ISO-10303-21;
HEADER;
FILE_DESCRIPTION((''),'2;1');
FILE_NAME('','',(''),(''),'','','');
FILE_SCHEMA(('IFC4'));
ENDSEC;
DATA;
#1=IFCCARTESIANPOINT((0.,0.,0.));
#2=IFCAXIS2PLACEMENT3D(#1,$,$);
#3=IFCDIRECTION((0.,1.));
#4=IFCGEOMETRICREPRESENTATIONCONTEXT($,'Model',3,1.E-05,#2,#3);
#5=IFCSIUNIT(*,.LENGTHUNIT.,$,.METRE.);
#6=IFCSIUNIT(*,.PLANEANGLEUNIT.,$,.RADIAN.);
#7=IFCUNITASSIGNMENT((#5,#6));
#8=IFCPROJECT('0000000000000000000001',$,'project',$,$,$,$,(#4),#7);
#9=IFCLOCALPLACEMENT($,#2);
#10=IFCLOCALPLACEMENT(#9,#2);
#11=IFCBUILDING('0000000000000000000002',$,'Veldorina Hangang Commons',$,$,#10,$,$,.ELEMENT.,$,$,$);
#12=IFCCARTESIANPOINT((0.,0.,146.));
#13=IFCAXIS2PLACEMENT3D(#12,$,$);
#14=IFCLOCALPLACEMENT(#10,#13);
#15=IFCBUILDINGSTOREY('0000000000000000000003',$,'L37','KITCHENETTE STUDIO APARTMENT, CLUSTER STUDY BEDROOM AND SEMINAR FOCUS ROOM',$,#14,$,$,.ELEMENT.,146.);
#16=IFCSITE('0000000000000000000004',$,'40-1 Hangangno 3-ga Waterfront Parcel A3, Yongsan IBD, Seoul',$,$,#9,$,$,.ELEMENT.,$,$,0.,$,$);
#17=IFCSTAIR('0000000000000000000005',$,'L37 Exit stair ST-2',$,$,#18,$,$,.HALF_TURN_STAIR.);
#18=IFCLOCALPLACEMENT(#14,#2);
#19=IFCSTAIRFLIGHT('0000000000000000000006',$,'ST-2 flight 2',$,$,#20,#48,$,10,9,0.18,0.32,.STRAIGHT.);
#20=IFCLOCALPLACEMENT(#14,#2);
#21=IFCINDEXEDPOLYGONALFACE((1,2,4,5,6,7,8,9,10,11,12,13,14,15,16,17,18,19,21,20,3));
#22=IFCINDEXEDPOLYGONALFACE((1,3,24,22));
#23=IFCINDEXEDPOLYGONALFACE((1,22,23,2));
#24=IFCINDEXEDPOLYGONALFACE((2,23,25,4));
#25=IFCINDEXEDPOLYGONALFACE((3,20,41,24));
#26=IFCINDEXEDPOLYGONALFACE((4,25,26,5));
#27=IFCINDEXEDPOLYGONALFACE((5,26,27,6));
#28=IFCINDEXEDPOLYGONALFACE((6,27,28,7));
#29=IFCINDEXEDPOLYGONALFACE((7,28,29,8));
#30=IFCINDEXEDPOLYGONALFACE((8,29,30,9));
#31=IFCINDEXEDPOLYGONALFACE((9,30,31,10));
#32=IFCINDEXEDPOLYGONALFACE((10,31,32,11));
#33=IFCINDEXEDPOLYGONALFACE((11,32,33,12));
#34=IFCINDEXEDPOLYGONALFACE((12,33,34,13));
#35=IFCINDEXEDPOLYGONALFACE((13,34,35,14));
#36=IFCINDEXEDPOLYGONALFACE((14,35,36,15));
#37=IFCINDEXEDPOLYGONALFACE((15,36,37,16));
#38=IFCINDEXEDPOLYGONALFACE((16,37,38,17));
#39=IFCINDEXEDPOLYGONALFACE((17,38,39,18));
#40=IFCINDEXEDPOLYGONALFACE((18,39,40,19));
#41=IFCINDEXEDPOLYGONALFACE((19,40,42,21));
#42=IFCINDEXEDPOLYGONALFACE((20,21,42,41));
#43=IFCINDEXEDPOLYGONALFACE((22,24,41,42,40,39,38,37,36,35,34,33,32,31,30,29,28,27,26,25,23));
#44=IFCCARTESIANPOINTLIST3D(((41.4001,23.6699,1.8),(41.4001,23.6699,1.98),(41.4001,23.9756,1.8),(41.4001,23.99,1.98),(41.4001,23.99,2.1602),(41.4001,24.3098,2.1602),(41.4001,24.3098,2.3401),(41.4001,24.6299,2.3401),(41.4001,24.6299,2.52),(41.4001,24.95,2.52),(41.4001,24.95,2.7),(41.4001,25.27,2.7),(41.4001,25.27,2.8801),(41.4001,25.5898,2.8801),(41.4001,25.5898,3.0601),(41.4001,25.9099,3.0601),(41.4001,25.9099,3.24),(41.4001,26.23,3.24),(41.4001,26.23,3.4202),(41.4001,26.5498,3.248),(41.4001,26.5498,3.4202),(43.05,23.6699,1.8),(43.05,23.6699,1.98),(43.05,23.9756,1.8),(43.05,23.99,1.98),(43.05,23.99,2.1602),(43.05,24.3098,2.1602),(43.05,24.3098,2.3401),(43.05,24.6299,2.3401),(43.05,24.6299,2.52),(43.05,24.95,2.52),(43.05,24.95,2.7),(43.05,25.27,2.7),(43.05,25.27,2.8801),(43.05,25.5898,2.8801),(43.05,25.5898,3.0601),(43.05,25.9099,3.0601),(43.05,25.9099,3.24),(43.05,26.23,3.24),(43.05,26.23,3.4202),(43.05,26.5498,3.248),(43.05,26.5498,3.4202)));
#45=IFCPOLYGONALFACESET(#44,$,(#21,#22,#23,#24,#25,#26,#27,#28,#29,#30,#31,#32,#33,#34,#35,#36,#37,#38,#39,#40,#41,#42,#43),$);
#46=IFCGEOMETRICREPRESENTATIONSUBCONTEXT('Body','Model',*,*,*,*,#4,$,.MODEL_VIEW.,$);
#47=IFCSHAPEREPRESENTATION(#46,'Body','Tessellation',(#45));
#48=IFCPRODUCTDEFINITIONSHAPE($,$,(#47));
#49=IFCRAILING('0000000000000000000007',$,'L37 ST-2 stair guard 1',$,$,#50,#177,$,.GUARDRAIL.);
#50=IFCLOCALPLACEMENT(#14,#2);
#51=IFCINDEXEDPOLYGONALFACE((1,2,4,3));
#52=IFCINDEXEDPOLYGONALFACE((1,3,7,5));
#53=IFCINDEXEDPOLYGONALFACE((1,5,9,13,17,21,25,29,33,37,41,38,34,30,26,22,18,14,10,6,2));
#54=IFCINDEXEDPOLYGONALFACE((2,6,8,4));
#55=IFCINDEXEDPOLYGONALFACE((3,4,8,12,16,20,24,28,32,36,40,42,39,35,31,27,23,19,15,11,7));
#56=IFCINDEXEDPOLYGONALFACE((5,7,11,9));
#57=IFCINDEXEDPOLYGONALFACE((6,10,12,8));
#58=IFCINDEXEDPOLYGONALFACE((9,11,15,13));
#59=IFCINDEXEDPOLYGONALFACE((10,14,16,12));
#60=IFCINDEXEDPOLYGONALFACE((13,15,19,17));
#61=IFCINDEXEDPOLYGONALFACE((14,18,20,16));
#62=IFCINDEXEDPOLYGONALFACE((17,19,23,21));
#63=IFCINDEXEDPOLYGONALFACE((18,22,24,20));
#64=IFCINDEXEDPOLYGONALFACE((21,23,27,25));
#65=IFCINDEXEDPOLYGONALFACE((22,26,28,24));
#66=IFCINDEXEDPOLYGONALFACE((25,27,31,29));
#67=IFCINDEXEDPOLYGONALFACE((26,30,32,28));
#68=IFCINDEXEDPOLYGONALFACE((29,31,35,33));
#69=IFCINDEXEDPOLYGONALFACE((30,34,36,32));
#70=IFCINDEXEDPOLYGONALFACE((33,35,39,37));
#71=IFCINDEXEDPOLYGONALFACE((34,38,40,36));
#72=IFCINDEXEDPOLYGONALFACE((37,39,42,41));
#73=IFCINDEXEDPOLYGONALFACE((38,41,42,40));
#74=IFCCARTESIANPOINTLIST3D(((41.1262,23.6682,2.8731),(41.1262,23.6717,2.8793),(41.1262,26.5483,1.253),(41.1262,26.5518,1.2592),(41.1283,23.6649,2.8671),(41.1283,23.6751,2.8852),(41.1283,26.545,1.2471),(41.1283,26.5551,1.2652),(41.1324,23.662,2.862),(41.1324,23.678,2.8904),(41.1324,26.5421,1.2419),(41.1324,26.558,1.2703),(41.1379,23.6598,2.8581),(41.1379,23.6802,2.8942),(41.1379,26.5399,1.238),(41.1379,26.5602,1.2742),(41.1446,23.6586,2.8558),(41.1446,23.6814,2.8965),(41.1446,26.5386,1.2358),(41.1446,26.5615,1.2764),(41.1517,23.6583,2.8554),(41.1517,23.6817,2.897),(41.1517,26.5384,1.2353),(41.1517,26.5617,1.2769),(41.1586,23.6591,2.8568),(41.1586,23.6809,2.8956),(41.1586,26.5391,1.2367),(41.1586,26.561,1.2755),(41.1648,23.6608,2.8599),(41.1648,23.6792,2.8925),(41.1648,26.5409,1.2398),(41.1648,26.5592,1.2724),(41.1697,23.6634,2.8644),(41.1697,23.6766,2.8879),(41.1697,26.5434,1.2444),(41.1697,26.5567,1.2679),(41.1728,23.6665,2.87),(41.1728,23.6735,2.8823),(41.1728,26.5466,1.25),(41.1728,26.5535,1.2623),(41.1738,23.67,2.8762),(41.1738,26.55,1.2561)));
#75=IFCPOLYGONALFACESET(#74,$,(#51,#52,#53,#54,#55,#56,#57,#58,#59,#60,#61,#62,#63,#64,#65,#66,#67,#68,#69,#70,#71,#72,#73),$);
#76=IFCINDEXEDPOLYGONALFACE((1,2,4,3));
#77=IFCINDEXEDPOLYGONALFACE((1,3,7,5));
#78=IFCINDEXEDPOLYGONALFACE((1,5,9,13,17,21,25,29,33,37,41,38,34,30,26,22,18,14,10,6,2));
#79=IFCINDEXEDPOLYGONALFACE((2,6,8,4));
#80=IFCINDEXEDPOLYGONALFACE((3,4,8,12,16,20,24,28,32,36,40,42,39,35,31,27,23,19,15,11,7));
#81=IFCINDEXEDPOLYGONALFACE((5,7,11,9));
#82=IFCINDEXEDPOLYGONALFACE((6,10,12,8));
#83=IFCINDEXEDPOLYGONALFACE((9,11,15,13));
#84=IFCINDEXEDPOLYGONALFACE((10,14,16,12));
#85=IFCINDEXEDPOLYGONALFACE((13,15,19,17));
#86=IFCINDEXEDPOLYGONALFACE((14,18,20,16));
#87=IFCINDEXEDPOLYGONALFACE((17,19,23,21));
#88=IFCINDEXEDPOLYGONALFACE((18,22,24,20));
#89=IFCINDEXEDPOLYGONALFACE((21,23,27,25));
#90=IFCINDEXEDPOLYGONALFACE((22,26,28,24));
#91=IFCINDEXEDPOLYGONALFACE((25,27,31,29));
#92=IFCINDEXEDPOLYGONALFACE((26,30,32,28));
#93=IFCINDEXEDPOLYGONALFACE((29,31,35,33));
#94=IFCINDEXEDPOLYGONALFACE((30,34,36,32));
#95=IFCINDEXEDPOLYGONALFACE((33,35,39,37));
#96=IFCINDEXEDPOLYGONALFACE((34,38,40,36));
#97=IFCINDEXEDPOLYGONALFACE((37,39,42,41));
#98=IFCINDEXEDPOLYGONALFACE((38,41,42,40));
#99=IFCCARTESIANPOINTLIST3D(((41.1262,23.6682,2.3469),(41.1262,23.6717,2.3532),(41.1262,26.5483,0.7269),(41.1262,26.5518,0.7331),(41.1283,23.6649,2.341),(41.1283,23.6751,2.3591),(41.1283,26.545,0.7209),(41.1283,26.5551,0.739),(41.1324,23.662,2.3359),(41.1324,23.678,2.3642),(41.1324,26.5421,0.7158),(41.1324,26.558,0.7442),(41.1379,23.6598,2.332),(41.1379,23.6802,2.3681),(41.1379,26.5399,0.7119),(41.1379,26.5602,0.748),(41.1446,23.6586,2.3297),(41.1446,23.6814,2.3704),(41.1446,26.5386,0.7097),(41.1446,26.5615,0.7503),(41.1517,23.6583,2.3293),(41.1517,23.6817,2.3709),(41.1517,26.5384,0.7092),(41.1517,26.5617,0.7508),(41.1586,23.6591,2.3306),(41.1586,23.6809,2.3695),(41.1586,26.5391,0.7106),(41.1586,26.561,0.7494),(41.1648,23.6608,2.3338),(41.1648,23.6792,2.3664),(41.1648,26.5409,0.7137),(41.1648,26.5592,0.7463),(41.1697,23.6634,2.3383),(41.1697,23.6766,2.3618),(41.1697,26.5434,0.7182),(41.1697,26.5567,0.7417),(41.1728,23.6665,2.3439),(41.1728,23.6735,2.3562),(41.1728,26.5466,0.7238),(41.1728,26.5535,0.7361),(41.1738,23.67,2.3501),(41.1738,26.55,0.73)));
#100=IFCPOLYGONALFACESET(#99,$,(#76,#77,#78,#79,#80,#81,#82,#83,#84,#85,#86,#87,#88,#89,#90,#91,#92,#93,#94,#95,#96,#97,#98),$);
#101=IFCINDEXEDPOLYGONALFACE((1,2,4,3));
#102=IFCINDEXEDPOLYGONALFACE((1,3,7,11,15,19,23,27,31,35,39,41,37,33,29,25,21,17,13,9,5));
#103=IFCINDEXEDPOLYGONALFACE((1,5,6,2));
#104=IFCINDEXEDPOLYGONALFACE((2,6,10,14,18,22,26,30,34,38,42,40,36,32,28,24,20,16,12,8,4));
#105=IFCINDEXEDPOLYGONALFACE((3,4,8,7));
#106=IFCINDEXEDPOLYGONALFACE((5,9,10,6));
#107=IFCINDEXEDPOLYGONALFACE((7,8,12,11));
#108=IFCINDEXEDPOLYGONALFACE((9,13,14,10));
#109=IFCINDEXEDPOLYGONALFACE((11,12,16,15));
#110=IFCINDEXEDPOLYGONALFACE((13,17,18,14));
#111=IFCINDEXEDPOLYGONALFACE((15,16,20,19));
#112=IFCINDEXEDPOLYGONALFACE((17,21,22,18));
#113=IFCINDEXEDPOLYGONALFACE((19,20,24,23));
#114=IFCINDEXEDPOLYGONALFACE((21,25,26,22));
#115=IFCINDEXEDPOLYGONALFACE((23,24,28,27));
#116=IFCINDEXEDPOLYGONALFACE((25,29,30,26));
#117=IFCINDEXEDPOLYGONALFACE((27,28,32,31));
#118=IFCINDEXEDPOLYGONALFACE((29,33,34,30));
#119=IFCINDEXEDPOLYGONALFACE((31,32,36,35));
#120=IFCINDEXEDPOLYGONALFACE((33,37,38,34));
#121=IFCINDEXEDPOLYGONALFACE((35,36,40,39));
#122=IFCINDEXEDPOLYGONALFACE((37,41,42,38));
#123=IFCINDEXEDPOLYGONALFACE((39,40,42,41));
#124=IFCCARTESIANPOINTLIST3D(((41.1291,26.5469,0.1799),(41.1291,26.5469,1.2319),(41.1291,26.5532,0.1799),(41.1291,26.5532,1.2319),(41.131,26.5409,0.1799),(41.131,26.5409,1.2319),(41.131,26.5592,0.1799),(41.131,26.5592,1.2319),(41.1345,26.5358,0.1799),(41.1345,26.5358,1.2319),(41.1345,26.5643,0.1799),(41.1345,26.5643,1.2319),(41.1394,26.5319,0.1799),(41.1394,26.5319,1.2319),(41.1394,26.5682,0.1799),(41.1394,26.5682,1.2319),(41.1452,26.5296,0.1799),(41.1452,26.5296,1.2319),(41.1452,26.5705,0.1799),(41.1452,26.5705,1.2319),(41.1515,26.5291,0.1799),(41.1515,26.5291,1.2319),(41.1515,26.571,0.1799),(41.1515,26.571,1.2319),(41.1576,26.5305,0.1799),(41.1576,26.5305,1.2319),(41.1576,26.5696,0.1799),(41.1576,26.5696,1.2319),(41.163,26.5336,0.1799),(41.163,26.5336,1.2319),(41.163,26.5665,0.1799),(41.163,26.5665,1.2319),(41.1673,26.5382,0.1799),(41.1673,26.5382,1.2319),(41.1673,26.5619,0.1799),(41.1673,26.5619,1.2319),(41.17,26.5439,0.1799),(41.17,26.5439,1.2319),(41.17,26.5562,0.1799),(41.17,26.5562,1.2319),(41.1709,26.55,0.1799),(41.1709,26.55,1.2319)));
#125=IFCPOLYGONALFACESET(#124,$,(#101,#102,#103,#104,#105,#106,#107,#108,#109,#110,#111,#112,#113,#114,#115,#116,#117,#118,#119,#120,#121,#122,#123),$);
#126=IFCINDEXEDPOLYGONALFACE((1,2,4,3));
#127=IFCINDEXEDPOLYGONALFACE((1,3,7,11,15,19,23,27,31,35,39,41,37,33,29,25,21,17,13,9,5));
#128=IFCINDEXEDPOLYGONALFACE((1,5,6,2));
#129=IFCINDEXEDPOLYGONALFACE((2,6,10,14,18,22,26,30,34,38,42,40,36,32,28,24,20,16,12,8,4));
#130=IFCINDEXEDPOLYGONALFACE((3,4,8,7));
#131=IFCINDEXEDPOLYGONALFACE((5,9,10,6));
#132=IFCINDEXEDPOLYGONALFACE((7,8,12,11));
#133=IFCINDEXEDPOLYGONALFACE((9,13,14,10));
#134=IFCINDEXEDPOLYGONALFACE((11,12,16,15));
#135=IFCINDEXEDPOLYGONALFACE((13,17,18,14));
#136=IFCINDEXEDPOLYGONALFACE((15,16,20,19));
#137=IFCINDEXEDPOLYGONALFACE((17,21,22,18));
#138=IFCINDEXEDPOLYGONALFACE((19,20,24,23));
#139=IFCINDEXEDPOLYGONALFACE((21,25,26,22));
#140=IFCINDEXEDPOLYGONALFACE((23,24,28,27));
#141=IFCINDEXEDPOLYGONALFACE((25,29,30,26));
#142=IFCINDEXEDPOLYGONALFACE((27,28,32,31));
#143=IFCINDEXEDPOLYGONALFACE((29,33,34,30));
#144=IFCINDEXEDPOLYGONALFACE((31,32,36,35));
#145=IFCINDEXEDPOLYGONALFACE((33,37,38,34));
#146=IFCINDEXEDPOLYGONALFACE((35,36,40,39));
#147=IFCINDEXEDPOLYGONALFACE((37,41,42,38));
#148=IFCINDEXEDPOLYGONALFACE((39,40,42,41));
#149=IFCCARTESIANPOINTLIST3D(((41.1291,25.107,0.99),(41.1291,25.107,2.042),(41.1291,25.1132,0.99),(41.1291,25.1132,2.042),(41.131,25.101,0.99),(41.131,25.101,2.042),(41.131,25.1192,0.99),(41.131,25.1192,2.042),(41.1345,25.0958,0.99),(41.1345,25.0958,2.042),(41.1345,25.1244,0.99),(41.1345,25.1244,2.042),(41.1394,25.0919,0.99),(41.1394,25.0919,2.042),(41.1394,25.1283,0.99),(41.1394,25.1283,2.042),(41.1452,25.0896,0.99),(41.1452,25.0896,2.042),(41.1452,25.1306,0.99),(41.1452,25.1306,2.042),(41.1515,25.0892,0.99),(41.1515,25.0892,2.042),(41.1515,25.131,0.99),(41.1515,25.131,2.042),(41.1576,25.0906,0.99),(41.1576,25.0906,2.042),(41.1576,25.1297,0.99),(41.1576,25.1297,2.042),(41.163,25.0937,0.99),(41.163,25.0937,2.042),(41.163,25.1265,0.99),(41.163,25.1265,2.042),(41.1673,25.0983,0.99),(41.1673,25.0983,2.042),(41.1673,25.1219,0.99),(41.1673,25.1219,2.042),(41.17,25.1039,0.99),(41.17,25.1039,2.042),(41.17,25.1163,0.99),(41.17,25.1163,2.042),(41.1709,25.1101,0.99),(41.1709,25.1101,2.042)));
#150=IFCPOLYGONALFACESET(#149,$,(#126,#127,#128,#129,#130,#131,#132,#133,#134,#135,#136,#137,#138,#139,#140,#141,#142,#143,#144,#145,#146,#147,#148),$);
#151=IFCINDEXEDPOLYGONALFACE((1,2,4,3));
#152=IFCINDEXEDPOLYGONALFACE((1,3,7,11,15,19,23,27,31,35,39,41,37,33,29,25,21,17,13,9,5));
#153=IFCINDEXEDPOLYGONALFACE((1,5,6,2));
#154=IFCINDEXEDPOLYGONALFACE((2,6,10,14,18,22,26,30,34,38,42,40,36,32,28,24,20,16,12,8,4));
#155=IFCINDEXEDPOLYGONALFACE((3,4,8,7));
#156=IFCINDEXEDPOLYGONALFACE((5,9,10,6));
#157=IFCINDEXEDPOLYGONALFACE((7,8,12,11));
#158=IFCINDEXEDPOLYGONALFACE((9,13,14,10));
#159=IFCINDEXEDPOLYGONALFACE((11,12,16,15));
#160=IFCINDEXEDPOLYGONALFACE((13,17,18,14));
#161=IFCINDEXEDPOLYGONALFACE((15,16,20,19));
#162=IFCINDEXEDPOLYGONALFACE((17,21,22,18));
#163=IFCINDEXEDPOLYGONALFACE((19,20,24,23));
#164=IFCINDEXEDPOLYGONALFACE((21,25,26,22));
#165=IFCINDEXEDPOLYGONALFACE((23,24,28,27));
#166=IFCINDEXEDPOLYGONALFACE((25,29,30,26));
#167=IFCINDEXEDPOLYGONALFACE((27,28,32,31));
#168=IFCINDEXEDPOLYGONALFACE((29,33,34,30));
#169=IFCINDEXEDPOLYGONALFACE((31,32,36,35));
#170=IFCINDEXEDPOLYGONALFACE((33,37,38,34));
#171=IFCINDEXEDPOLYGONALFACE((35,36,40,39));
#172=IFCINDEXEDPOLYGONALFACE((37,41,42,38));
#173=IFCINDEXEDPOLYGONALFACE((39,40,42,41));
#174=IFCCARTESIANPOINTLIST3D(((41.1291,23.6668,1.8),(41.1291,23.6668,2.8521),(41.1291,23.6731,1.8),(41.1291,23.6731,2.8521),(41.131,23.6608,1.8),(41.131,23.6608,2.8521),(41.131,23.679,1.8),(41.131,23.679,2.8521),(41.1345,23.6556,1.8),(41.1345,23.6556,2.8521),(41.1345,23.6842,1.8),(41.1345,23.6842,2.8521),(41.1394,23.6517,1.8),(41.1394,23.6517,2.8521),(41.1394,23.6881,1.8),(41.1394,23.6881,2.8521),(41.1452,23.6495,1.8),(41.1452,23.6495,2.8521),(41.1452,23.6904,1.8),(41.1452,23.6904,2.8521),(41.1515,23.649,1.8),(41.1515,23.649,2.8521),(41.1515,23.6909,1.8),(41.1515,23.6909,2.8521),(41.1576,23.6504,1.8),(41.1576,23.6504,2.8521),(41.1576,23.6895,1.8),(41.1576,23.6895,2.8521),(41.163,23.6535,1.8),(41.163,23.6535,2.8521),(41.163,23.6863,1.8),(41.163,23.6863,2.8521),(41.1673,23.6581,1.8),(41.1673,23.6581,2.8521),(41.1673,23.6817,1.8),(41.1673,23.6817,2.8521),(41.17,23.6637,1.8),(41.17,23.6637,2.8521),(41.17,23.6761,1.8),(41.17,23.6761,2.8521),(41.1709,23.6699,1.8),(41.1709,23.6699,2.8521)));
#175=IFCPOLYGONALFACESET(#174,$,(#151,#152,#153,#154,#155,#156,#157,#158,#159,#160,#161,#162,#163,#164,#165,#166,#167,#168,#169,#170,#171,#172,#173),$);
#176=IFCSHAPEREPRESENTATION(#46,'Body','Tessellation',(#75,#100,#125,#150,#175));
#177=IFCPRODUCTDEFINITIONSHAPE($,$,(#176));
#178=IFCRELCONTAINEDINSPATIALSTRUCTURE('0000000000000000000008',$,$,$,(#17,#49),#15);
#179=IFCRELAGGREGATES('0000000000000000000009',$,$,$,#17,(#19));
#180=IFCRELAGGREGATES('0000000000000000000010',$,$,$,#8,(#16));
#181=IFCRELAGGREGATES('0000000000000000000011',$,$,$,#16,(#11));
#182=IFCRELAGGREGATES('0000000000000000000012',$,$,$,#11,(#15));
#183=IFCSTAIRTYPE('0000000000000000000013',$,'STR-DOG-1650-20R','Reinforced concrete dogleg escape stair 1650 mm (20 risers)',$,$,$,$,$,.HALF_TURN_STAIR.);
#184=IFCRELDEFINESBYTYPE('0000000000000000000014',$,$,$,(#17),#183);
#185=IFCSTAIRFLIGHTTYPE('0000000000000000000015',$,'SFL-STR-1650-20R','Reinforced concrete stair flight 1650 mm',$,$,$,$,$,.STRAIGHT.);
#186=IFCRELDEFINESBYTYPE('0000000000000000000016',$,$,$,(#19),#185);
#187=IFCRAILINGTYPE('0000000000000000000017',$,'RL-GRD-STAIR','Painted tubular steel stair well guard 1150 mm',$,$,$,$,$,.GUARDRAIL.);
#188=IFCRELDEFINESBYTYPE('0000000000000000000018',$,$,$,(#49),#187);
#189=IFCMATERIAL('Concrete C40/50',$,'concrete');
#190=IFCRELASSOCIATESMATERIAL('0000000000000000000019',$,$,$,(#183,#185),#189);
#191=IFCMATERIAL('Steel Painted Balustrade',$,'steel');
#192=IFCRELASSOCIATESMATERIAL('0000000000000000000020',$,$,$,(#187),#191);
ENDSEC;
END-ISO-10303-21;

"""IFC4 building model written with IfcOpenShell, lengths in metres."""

from ifc_helpers import new_model, si_unit, direction, frame, origin, origin_2d, place, context, subcontext, project, spatial, polyline, circle, outline, extrude, material, type_object, element, aggregate, save


model = new_model("IFC4")

# Units and contexts
model_context = context("Model", 3, precision=1e-05, world=origin(), true_north=direction((0.0, 1.0)))
body_context = subcontext(model_context, "Body", "Model", "MODEL_VIEW")
ifc_project = project(units=[si_unit("LENGTHUNIT", "METRE"), si_unit("PLANEANGLEUNIT", "RADIAN")], contexts=[model_context])

# Site, building, storey
site_placement = place(None, origin())
site = spatial("IfcSite", under=ifc_project, at=site_placement, Name="40-1 Hangangno 3-ga Waterfront Parcel A3, Yongsan IBD, Seoul", CompositionType="ELEMENT", RefElevation=0.0)
building_placement = place(site_placement, origin())
building = spatial("IfcBuilding", under=site, at=building_placement, Name="Veldorina Hangang Commons", CompositionType="ELEMENT")
storey_placement = place(building_placement, frame((0.0, 0.0, 146.0)))
storey = spatial("IfcBuildingStorey", under=building, at=storey_placement, Name="L37", Description="KITCHENETTE STUDIO APARTMENT, CLUSTER STUDY BEDROOM AND SEMINAR FOCUS ROOM", CompositionType="ELEMENT", Elevation=146.0)

# Stair, stair flight
ifc_material_1 = material(Name="Concrete C40/50", Category="concrete")
stair_type = type_object("IfcStairType", Name="STR-DOG-1650-20R", Description="Reinforced concrete dogleg escape stair 1650 mm (20 risers)", PredefinedType="HALF_TURN_STAIR", material=ifc_material_1)
stair_placement = place(storey_placement, origin())
stair = element("IfcStair", 1, at=stair_placement, inside=storey, type_object=stair_type, Name="L37 Exit stair ST-2", PredefinedType="HALF_TURN_STAIR")
stair_flight_type = type_object("IfcStairFlightType", Name="SFL-STR-1650-20R", Description="Reinforced concrete stair flight 1650 mm", PredefinedType="STRAIGHT", material=ifc_material_1)
stair_flight_1_placement = place(storey_placement, frame((42.2251, 23.6699, 1.8), z_axis=(0.0, 0.0, 1.0), x_axis=(0.0, 1.0, 0.0)))
stair_flight_1 = element("IfcStairFlight", 2, at=stair_flight_1_placement, type_object=stair_flight_type, Name="ST-2 flight 2", NumberOfRisers=10, NumberOfTreads=9, PredefinedType="STRAIGHT", RiserHeight=0.18, TreadLength=0.32, context=body_context, shape_type="SweptSolid", body=[
    extrude(outline(polyline([(0.0, 0.0), (0.0, 0.1799), (0.3201, 0.1799), (0.3201, 0.3601), (0.6399, 0.3601), (0.6399, 0.54), (0.96, 0.54), (0.96, 0.72), (1.28, 0.72), (1.28, 0.8999), (1.6001, 0.8999), (1.6001, 1.0801), (1.9199, 1.0801), (1.9199, 1.26), (2.24, 1.26), (2.24, 1.4399), (2.5601, 1.4399), (2.5601, 1.6201), (2.8799, 1.6201), (2.8799, 1.8), (2.8799, 1.448), (0.3057, 0.0), (0.0, 0.0)])), frame((0.0, 0.825, 0.0), z_axis=(0.0, -1.0, 0.0), x_axis=(1.0, 0.0, 0.0)), (0.0, 0.0, 1.0), 1.6499),
])
aggregate(stair, [stair_flight_1])

# Railing
ifc_material_2 = material(Name="Steel Painted Balustrade", Category="steel")
railing_type_1 = type_object("IfcRailingType", Name="RL-GRD-STAIR", Description="Painted tubular steel stair well guard 1150 mm", PredefinedType="GUARDRAIL", material=ifc_material_2)
railing_1_placement = place(storey_placement, frame((41.1499, 26.55, 0.1799)))
element("IfcRailing", 3, at=railing_1_placement, inside=storey, type_object=railing_type_1, Name="L37 ST-2 stair guard 1", PredefinedType="GUARDRAIL", context=body_context, shape_type="SweptSolid", body=[
    extrude(circle(Radius=0.0239, at=origin_2d()), frame((0.0, 0.0, 1.0762), z_axis=(0.0, -0.87157, 0.490272), x_axis=(1.0, 0.0, 0.0)), (0.0, 0.0, 1.0), 3.3044),
    extrude(circle(Radius=0.0239, at=origin_2d()), frame((0.0, 0.0, 0.55), z_axis=(0.0, -0.87157, 0.490272), x_axis=(1.0, 0.0, 0.0)), (0.0, 0.0, 1.0), 3.3044),
    extrude(circle(Radius=0.021, at=origin_2d()), origin(), (0.0, 0.0, 1.0), 1.052),
    extrude(circle(Radius=0.021, at=origin_2d()), frame((0.0, -1.4399, 0.8101)), (0.0, 0.0, 1.0), 1.052),
    extrude(circle(Radius=0.021, at=origin_2d()), frame((0.0, -2.8801, 1.6201)), (0.0, 0.0, 1.0), 1.052),
])

save(model, "model.ifc")
